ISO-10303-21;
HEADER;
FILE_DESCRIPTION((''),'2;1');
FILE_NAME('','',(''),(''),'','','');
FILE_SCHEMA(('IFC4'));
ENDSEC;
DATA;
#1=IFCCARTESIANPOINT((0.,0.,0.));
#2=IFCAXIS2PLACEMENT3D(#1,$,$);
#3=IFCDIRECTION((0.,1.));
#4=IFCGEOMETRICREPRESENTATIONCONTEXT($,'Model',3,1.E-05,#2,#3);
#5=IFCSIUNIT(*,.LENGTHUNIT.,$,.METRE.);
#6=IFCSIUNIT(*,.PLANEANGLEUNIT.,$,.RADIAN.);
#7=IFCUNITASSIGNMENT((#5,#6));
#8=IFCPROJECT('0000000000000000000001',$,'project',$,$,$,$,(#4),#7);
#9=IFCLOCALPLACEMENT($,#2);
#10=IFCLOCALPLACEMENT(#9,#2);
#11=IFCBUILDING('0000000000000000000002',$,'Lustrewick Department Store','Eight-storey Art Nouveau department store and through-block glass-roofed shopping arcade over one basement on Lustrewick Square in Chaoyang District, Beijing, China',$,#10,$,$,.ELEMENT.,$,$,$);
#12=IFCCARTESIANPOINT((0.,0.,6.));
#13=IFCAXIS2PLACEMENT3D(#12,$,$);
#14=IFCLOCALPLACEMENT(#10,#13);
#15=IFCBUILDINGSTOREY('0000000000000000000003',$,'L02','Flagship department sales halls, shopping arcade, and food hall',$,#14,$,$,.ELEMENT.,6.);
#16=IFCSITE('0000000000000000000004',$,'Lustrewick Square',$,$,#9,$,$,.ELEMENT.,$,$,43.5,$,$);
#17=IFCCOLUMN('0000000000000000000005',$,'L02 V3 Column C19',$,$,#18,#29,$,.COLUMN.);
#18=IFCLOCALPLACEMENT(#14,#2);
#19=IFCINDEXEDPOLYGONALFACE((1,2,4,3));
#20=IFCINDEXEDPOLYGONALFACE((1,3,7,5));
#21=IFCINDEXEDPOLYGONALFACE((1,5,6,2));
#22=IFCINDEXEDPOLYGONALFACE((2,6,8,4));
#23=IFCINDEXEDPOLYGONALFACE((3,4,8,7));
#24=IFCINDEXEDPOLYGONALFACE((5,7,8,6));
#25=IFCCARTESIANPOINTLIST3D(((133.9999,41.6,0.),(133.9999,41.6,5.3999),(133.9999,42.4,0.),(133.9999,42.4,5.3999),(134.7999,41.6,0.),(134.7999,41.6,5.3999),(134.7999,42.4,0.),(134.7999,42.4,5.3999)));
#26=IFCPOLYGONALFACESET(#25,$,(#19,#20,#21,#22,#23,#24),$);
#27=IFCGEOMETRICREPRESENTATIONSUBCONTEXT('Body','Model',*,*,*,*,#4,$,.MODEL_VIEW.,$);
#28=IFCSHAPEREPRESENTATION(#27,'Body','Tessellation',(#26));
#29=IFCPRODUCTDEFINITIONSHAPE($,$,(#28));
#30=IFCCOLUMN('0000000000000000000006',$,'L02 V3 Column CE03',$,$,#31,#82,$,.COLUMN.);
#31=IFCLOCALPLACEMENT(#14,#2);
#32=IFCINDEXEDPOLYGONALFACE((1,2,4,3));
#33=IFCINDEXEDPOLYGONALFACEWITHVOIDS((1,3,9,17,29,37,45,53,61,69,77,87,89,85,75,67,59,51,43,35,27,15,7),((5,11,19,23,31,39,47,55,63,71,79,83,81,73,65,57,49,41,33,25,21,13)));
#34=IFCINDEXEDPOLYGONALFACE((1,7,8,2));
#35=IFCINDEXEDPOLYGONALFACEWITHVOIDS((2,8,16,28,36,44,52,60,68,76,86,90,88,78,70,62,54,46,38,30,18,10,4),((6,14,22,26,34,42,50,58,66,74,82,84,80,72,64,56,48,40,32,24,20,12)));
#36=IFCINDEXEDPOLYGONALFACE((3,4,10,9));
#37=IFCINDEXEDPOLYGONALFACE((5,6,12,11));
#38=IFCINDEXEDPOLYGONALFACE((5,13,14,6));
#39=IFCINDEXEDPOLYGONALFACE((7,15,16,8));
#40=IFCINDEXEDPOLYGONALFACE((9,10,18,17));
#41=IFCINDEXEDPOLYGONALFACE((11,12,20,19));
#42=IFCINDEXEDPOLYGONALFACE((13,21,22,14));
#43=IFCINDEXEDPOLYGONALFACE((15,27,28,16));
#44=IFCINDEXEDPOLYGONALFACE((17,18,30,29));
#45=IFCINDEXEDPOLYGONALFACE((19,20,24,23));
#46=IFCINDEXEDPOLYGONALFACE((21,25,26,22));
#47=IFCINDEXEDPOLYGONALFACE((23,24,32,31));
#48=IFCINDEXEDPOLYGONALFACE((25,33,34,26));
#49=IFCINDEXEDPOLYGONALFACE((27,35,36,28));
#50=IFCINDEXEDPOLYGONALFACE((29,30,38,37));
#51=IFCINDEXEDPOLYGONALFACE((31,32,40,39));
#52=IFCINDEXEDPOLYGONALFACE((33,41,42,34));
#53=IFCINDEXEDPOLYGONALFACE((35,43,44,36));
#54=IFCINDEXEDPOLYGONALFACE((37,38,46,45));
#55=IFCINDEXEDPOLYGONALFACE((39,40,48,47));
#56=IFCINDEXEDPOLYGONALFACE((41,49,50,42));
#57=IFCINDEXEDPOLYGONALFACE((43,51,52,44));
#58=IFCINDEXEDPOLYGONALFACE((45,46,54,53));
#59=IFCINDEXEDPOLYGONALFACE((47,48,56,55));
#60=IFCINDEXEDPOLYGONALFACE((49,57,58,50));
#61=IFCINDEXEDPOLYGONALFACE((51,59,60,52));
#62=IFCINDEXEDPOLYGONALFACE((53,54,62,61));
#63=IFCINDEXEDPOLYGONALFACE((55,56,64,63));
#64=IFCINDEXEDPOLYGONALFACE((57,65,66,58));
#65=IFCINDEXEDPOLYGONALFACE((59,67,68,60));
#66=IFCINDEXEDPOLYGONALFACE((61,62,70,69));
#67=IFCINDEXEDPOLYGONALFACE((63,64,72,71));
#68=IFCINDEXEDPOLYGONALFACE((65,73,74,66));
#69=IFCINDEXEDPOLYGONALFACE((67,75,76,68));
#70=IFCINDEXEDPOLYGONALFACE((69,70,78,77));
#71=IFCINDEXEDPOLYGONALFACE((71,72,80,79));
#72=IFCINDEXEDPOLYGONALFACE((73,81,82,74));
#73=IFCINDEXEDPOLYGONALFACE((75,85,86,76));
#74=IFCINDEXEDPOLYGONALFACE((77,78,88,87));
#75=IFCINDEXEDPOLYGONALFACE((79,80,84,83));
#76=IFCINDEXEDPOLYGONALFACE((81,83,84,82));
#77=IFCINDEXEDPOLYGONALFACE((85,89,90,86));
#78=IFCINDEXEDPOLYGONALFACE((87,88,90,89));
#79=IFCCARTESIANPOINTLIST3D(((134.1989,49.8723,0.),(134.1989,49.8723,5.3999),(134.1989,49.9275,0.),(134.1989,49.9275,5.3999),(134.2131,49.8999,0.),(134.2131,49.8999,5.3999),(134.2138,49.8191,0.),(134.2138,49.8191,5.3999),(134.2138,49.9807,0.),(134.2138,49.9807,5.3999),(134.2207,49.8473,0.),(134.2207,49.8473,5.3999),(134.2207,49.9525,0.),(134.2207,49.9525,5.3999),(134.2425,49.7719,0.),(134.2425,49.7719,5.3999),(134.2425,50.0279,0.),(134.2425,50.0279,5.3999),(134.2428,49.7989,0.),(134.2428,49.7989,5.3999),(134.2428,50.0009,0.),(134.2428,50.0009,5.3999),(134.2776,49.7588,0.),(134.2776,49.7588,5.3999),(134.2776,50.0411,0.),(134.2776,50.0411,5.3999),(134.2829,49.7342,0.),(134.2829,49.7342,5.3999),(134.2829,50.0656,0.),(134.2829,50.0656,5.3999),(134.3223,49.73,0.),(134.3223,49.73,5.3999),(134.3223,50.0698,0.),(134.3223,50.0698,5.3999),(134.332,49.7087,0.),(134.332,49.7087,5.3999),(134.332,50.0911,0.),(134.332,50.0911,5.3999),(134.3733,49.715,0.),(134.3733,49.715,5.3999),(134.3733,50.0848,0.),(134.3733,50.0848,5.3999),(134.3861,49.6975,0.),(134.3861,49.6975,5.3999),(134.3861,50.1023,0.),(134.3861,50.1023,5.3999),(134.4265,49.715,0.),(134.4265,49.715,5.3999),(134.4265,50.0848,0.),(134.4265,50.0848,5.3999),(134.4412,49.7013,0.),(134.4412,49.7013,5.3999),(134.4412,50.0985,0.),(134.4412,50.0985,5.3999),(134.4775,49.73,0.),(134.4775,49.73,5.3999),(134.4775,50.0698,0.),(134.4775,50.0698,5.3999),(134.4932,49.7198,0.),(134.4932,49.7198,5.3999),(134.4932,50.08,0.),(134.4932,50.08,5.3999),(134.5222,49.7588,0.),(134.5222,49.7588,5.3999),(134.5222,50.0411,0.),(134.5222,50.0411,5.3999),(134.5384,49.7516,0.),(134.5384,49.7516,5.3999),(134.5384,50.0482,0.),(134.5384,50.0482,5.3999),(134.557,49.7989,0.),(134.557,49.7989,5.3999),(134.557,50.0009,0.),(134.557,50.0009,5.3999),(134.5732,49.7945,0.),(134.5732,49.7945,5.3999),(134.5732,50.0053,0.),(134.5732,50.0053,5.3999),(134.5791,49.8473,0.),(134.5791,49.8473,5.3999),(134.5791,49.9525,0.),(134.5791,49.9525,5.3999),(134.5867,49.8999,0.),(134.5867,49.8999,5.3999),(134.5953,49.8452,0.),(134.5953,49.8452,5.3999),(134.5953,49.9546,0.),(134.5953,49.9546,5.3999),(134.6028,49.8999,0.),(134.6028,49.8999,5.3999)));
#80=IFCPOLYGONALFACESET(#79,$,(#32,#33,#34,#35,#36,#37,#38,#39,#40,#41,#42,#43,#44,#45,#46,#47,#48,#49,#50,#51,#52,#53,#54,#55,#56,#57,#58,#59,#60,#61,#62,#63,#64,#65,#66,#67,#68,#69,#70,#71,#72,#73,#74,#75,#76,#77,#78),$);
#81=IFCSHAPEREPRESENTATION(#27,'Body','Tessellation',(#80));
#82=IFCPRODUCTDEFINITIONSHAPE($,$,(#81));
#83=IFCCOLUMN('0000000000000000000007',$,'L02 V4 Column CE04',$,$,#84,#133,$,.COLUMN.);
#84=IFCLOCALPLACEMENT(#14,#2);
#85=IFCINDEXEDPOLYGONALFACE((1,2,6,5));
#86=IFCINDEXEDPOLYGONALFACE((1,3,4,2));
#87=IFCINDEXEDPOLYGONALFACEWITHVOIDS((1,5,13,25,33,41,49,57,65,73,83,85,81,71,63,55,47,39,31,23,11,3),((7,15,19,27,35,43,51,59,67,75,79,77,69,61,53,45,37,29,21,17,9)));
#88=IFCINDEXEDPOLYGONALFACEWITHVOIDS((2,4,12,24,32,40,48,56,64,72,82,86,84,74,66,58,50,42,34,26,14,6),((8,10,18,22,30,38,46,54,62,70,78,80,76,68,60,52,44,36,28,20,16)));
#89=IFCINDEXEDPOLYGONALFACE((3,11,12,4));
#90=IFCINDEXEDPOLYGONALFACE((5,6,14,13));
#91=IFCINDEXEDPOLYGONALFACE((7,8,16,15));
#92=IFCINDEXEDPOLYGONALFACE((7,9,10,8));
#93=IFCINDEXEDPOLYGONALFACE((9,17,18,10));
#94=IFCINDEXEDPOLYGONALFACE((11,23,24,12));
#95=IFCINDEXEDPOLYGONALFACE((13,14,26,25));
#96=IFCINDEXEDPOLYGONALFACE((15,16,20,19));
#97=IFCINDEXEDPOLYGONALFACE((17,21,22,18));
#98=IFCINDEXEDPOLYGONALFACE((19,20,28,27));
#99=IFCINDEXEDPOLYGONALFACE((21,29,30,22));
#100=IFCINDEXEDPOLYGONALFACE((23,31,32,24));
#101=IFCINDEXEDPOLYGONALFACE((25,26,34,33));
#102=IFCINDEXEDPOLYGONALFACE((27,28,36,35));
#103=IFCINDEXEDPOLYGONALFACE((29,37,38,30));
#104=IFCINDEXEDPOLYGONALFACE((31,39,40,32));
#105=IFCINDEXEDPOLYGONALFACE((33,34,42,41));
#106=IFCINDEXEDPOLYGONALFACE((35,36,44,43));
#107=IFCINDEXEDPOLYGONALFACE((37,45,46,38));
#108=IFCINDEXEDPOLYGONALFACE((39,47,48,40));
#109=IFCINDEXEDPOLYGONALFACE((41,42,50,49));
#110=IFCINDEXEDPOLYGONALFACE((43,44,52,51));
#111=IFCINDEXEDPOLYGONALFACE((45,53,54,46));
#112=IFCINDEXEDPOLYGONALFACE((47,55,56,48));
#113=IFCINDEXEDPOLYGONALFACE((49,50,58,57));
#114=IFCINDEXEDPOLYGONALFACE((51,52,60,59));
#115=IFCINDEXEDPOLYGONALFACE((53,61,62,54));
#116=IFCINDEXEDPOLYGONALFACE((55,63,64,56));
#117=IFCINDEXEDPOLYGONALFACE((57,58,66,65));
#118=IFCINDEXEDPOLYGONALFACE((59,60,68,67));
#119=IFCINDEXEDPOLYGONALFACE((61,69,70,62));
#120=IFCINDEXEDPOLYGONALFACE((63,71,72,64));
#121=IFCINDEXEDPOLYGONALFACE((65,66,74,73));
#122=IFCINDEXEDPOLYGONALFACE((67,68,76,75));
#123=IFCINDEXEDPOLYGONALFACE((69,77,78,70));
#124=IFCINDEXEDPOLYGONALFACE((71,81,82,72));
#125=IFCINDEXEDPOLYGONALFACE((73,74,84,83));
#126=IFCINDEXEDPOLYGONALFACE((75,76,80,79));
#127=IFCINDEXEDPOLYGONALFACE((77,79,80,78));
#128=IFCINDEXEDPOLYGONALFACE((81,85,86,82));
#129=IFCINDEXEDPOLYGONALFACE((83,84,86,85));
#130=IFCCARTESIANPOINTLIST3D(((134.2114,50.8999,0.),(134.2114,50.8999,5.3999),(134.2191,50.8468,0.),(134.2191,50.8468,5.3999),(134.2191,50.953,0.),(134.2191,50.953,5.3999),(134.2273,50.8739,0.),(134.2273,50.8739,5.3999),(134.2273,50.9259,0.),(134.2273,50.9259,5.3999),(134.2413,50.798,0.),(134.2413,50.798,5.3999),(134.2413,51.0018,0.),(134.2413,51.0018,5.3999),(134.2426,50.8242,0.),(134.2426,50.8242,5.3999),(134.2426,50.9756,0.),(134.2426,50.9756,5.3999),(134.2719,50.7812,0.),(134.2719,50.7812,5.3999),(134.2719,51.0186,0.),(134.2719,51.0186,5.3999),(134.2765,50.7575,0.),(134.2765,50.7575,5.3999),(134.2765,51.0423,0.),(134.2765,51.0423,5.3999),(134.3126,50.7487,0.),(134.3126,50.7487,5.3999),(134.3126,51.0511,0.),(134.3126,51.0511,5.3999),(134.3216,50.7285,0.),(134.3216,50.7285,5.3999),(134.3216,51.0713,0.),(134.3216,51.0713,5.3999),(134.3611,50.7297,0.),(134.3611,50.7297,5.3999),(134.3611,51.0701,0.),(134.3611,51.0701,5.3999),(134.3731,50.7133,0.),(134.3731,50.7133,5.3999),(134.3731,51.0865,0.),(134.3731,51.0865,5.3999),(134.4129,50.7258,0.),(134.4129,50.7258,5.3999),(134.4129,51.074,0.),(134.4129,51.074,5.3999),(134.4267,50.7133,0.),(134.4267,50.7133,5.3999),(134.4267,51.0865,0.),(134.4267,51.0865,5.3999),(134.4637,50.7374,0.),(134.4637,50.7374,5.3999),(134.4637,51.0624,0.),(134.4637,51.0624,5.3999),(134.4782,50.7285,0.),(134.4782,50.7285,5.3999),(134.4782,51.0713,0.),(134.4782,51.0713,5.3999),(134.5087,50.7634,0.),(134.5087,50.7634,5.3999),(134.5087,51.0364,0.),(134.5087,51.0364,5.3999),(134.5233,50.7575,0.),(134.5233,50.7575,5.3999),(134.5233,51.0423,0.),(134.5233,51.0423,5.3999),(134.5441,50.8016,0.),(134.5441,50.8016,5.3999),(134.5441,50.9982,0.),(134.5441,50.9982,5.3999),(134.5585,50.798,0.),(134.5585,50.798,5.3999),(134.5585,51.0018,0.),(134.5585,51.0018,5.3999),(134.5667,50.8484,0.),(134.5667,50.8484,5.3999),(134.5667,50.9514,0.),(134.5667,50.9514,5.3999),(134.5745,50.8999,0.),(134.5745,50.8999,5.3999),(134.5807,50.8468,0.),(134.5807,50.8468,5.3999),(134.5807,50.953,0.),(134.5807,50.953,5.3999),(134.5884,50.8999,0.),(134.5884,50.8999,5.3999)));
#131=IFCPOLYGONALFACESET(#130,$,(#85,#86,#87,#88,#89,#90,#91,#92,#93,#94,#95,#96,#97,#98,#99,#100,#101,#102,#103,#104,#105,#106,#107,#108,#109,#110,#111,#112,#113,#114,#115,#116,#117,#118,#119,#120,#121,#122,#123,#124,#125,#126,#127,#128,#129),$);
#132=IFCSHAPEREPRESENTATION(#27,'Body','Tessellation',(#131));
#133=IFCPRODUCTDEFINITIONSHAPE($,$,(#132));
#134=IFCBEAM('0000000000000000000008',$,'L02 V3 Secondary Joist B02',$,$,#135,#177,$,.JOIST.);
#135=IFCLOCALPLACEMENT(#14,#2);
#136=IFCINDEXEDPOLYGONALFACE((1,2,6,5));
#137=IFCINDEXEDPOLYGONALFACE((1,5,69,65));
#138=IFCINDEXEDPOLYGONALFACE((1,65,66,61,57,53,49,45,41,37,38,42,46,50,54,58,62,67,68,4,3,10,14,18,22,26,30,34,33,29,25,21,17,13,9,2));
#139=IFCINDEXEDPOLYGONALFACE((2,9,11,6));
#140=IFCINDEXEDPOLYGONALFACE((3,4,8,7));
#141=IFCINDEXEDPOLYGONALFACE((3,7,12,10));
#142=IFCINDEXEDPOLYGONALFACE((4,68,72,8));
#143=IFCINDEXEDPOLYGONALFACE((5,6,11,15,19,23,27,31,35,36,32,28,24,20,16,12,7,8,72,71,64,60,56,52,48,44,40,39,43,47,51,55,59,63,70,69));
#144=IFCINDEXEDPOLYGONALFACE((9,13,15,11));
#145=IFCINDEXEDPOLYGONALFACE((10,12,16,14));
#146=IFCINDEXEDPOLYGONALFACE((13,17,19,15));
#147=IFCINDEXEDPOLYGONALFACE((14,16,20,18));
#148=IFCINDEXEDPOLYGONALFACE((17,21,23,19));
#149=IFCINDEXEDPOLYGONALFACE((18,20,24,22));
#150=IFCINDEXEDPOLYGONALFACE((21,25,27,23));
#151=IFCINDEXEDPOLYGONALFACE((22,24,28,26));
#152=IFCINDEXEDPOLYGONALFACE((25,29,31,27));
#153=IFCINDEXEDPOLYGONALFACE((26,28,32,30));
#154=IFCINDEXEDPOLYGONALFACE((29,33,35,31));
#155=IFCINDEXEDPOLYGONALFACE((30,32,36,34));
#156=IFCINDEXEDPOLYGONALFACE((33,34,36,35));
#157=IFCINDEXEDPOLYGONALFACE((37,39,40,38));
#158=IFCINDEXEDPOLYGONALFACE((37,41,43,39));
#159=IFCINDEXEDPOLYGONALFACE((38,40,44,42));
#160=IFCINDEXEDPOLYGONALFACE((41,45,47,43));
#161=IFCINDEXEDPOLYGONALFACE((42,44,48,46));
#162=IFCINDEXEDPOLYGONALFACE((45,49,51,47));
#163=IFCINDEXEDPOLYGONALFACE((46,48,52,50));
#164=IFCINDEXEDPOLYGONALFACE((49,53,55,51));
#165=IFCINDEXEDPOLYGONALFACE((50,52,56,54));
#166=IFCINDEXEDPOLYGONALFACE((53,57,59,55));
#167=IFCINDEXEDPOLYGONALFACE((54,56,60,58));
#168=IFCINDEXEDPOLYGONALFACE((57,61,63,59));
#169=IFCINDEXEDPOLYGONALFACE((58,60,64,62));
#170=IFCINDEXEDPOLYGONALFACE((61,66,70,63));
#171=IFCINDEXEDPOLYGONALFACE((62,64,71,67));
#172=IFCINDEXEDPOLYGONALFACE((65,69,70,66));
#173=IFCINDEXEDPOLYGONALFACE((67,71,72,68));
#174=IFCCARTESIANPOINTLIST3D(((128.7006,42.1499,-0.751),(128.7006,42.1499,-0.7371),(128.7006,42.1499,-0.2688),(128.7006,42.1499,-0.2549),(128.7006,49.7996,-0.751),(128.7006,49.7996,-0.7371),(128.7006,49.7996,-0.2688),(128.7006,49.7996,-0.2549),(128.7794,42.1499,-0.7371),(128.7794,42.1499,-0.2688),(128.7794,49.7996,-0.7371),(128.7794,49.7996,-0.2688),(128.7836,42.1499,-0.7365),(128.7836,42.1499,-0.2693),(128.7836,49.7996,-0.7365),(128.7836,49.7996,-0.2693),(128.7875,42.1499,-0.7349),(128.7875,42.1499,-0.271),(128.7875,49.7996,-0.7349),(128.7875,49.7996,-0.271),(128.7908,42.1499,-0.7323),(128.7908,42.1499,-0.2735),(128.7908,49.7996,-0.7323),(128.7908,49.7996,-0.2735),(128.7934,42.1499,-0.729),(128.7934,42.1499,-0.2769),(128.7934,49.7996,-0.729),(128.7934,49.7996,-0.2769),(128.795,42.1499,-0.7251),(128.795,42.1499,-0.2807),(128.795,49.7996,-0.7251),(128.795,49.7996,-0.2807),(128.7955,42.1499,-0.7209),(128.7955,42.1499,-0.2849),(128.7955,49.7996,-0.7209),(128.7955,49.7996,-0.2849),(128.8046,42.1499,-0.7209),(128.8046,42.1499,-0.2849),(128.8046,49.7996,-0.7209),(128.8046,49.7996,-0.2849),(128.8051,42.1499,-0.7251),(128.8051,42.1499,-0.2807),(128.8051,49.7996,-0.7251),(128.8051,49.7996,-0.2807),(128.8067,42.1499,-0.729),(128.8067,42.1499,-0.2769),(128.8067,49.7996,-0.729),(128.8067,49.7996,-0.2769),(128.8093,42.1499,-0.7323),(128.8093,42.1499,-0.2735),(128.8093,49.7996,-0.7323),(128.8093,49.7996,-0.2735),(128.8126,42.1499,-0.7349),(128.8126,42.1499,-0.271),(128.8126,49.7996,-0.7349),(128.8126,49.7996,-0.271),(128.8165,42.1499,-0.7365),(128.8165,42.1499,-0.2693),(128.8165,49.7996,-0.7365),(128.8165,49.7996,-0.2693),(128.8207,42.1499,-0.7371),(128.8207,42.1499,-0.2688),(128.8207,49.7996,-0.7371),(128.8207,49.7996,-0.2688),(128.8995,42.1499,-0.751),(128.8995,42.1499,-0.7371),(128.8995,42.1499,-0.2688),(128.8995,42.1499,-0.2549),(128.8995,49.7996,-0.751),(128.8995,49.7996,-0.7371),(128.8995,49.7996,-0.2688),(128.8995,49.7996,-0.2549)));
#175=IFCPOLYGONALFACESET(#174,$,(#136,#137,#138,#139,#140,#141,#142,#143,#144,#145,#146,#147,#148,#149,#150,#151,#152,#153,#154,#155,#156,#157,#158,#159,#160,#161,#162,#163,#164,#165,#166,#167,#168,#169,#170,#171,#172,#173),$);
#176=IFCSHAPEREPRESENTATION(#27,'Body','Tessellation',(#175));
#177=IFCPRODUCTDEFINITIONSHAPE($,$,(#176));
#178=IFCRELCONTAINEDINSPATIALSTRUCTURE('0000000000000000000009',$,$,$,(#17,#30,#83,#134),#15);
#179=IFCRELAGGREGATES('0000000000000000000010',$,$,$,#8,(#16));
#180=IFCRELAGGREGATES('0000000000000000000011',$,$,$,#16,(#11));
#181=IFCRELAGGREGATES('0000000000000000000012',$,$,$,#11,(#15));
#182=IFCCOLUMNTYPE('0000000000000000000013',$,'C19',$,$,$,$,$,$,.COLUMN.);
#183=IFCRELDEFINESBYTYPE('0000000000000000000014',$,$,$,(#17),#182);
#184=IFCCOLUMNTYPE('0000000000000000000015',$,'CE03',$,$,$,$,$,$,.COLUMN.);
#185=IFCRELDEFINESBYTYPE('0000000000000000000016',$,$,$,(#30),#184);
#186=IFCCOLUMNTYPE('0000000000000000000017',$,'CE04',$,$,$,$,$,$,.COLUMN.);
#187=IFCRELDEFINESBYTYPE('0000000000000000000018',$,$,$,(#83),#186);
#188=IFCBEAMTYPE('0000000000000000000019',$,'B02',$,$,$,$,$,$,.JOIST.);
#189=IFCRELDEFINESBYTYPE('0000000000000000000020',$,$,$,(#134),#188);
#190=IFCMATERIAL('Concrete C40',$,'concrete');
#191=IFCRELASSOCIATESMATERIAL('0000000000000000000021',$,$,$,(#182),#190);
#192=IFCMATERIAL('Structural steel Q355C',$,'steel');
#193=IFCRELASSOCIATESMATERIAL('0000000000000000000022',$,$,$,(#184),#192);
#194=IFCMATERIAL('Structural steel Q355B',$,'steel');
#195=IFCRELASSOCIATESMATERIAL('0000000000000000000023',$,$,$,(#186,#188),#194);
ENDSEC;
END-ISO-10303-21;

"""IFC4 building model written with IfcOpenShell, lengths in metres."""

from ifc_helpers import new_model, si_unit, direction, frame, origin, origin_2d, place, context, subcontext, project, spatial, rectangle, hollow_circle, i_section, extrude, material, material_profile, profile_set, type_object, element, save


model = new_model("IFC4")

# Units and contexts
model_context = context("Model", 3, precision=1e-05, world=origin(), true_north=direction((0.0, 1.0)))
body_context = subcontext(model_context, "Body", "Model", "MODEL_VIEW")
ifc_project = project(units=[si_unit("LENGTHUNIT", "METRE"), si_unit("PLANEANGLEUNIT", "RADIAN")], contexts=[model_context])

# Site, building, storey
site_placement = place(None, origin())
site = spatial("IfcSite", under=ifc_project, at=site_placement, Name="Lustrewick Square", CompositionType="ELEMENT", RefElevation=43.5)
building_placement = place(site_placement, origin())
building = spatial("IfcBuilding", under=site, at=building_placement, Name="Lustrewick Department Store", Description="Eight-storey Art Nouveau department store and through-block glass-roofed shopping arcade over one basement on Lustrewick Square in Chaoyang District, Beijing, China", CompositionType="ELEMENT")
storey_placement = place(building_placement, frame((0.0, 0.0, 6.0)))
storey = spatial("IfcBuildingStorey", under=building, at=storey_placement, Name="L02", Description="Flagship department sales halls, shopping arcade, and food hall", CompositionType="ELEMENT", Elevation=6.0)

# Columns
ifc_material_1 = material(Name="Concrete C40", Category="concrete")
ifc_material_profile_1 = material_profile(ifc_material_1, rectangle(XDim=0.8, YDim=0.8, at=origin_2d()), Name="RC 800x800")
ifc_profile_set_1 = profile_set([ifc_material_profile_1], Name="Concrete C40")
column_type_1 = type_object("IfcColumnType", Name="C19", PredefinedType="COLUMN", material=ifc_profile_set_1)
column_1_placement = place(storey_placement, frame((134.3999, 42.0, 0.0), z_axis=(0.0, 0.0, 1.0), x_axis=(1.0, 0.0, 0.0)))
element("IfcColumn", 1, at=column_1_placement, inside=storey, type_object=column_type_1, Name="L02 V3 Column C19", PredefinedType="COLUMN", context=body_context, shape_type="SweptSolid", body=[
    extrude(rectangle(XDim=0.8, YDim=0.8, at=origin_2d()), origin(), (0.0, 0.0, 1.0), 5.3999),
])
ifc_material_2 = material(Name="Structural steel Q355C", Category="steel")
ifc_material_profile_2 = material_profile(ifc_material_2, hollow_circle(Radius=0.2029, WallThickness=0.0161, at=origin_2d()), Name="CHS 406x16")
ifc_profile_set_2 = profile_set([ifc_material_profile_2], Name="Structural steel Q355C")
column_type_2 = type_object("IfcColumnType", Name="CE03", PredefinedType="COLUMN", material=ifc_profile_set_2)
column_2_placement = place(storey_placement, frame((134.3999, 49.8999, 0.0), z_axis=(0.0, 0.0, 1.0), x_axis=(1.0, 0.0, 0.0)))
element("IfcColumn", 2, at=column_2_placement, inside=storey, type_object=column_type_2, Name="L02 V3 Column CE03", PredefinedType="COLUMN", context=body_context, shape_type="SweptSolid", body=[
    extrude(hollow_circle(Radius=0.2029, WallThickness=0.0161, at=origin_2d()), origin(), (0.0, 0.0, 1.0), 5.3999),
])
ifc_material_3 = material(Name="Structural steel Q355B", Category="steel")
ifc_material_profile_3 = material_profile(ifc_material_3, hollow_circle(Radius=0.1885, WallThickness=0.0139, at=origin_2d()), Name="CHS 377x14")
ifc_profile_set_3 = profile_set([ifc_material_profile_3], Name="Structural steel Q355B")
column_type_3 = type_object("IfcColumnType", Name="CE04", PredefinedType="COLUMN", material=ifc_profile_set_3)
column_3_placement = place(storey_placement, frame((134.3999, 50.8999, 0.0), z_axis=(0.0, 0.0, 1.0), x_axis=(1.0, 0.0, 0.0)))
element("IfcColumn", 3, at=column_3_placement, inside=storey, type_object=column_type_3, Name="L02 V4 Column CE04", PredefinedType="COLUMN", context=body_context, shape_type="SweptSolid", body=[
    extrude(hollow_circle(Radius=0.1885, WallThickness=0.0139, at=origin_2d()), origin(), (0.0, 0.0, 1.0), 5.3999),
])

# Beam
ifc_material_profile_4 = material_profile(ifc_material_3, i_section(OverallWidth=0.199, OverallDepth=0.4961, WebThickness=0.009, FlangeThickness=0.0139, FilletRadius=0.0161, at=origin_2d()), Name="HN 496x199x9x14")
ifc_profile_set_4 = profile_set([ifc_material_profile_4], Name="Structural steel Q355B")
beam_type_1 = type_object("IfcBeamType", Name="B02", PredefinedType="JOIST", material=ifc_profile_set_4)
beam_1_placement = place(storey_placement, frame((128.8, 42.1499, -0.5029), z_axis=(0.0, 1.0, 0.0), x_axis=(-1.0, 0.0, 0.0)))
element("IfcBeam", 4, at=beam_1_placement, inside=storey, type_object=beam_type_1, Name="L02 V3 Secondary Joist B02", PredefinedType="JOIST", context=body_context, shape_type="SweptSolid", body=[
    extrude(i_section(OverallWidth=0.199, OverallDepth=0.4961, WebThickness=0.009, FlangeThickness=0.0139, FilletRadius=0.0161, at=origin_2d()), origin(), (0.0, 0.0, 1.0), 7.6497),
])

save(model, "model.ifc")
